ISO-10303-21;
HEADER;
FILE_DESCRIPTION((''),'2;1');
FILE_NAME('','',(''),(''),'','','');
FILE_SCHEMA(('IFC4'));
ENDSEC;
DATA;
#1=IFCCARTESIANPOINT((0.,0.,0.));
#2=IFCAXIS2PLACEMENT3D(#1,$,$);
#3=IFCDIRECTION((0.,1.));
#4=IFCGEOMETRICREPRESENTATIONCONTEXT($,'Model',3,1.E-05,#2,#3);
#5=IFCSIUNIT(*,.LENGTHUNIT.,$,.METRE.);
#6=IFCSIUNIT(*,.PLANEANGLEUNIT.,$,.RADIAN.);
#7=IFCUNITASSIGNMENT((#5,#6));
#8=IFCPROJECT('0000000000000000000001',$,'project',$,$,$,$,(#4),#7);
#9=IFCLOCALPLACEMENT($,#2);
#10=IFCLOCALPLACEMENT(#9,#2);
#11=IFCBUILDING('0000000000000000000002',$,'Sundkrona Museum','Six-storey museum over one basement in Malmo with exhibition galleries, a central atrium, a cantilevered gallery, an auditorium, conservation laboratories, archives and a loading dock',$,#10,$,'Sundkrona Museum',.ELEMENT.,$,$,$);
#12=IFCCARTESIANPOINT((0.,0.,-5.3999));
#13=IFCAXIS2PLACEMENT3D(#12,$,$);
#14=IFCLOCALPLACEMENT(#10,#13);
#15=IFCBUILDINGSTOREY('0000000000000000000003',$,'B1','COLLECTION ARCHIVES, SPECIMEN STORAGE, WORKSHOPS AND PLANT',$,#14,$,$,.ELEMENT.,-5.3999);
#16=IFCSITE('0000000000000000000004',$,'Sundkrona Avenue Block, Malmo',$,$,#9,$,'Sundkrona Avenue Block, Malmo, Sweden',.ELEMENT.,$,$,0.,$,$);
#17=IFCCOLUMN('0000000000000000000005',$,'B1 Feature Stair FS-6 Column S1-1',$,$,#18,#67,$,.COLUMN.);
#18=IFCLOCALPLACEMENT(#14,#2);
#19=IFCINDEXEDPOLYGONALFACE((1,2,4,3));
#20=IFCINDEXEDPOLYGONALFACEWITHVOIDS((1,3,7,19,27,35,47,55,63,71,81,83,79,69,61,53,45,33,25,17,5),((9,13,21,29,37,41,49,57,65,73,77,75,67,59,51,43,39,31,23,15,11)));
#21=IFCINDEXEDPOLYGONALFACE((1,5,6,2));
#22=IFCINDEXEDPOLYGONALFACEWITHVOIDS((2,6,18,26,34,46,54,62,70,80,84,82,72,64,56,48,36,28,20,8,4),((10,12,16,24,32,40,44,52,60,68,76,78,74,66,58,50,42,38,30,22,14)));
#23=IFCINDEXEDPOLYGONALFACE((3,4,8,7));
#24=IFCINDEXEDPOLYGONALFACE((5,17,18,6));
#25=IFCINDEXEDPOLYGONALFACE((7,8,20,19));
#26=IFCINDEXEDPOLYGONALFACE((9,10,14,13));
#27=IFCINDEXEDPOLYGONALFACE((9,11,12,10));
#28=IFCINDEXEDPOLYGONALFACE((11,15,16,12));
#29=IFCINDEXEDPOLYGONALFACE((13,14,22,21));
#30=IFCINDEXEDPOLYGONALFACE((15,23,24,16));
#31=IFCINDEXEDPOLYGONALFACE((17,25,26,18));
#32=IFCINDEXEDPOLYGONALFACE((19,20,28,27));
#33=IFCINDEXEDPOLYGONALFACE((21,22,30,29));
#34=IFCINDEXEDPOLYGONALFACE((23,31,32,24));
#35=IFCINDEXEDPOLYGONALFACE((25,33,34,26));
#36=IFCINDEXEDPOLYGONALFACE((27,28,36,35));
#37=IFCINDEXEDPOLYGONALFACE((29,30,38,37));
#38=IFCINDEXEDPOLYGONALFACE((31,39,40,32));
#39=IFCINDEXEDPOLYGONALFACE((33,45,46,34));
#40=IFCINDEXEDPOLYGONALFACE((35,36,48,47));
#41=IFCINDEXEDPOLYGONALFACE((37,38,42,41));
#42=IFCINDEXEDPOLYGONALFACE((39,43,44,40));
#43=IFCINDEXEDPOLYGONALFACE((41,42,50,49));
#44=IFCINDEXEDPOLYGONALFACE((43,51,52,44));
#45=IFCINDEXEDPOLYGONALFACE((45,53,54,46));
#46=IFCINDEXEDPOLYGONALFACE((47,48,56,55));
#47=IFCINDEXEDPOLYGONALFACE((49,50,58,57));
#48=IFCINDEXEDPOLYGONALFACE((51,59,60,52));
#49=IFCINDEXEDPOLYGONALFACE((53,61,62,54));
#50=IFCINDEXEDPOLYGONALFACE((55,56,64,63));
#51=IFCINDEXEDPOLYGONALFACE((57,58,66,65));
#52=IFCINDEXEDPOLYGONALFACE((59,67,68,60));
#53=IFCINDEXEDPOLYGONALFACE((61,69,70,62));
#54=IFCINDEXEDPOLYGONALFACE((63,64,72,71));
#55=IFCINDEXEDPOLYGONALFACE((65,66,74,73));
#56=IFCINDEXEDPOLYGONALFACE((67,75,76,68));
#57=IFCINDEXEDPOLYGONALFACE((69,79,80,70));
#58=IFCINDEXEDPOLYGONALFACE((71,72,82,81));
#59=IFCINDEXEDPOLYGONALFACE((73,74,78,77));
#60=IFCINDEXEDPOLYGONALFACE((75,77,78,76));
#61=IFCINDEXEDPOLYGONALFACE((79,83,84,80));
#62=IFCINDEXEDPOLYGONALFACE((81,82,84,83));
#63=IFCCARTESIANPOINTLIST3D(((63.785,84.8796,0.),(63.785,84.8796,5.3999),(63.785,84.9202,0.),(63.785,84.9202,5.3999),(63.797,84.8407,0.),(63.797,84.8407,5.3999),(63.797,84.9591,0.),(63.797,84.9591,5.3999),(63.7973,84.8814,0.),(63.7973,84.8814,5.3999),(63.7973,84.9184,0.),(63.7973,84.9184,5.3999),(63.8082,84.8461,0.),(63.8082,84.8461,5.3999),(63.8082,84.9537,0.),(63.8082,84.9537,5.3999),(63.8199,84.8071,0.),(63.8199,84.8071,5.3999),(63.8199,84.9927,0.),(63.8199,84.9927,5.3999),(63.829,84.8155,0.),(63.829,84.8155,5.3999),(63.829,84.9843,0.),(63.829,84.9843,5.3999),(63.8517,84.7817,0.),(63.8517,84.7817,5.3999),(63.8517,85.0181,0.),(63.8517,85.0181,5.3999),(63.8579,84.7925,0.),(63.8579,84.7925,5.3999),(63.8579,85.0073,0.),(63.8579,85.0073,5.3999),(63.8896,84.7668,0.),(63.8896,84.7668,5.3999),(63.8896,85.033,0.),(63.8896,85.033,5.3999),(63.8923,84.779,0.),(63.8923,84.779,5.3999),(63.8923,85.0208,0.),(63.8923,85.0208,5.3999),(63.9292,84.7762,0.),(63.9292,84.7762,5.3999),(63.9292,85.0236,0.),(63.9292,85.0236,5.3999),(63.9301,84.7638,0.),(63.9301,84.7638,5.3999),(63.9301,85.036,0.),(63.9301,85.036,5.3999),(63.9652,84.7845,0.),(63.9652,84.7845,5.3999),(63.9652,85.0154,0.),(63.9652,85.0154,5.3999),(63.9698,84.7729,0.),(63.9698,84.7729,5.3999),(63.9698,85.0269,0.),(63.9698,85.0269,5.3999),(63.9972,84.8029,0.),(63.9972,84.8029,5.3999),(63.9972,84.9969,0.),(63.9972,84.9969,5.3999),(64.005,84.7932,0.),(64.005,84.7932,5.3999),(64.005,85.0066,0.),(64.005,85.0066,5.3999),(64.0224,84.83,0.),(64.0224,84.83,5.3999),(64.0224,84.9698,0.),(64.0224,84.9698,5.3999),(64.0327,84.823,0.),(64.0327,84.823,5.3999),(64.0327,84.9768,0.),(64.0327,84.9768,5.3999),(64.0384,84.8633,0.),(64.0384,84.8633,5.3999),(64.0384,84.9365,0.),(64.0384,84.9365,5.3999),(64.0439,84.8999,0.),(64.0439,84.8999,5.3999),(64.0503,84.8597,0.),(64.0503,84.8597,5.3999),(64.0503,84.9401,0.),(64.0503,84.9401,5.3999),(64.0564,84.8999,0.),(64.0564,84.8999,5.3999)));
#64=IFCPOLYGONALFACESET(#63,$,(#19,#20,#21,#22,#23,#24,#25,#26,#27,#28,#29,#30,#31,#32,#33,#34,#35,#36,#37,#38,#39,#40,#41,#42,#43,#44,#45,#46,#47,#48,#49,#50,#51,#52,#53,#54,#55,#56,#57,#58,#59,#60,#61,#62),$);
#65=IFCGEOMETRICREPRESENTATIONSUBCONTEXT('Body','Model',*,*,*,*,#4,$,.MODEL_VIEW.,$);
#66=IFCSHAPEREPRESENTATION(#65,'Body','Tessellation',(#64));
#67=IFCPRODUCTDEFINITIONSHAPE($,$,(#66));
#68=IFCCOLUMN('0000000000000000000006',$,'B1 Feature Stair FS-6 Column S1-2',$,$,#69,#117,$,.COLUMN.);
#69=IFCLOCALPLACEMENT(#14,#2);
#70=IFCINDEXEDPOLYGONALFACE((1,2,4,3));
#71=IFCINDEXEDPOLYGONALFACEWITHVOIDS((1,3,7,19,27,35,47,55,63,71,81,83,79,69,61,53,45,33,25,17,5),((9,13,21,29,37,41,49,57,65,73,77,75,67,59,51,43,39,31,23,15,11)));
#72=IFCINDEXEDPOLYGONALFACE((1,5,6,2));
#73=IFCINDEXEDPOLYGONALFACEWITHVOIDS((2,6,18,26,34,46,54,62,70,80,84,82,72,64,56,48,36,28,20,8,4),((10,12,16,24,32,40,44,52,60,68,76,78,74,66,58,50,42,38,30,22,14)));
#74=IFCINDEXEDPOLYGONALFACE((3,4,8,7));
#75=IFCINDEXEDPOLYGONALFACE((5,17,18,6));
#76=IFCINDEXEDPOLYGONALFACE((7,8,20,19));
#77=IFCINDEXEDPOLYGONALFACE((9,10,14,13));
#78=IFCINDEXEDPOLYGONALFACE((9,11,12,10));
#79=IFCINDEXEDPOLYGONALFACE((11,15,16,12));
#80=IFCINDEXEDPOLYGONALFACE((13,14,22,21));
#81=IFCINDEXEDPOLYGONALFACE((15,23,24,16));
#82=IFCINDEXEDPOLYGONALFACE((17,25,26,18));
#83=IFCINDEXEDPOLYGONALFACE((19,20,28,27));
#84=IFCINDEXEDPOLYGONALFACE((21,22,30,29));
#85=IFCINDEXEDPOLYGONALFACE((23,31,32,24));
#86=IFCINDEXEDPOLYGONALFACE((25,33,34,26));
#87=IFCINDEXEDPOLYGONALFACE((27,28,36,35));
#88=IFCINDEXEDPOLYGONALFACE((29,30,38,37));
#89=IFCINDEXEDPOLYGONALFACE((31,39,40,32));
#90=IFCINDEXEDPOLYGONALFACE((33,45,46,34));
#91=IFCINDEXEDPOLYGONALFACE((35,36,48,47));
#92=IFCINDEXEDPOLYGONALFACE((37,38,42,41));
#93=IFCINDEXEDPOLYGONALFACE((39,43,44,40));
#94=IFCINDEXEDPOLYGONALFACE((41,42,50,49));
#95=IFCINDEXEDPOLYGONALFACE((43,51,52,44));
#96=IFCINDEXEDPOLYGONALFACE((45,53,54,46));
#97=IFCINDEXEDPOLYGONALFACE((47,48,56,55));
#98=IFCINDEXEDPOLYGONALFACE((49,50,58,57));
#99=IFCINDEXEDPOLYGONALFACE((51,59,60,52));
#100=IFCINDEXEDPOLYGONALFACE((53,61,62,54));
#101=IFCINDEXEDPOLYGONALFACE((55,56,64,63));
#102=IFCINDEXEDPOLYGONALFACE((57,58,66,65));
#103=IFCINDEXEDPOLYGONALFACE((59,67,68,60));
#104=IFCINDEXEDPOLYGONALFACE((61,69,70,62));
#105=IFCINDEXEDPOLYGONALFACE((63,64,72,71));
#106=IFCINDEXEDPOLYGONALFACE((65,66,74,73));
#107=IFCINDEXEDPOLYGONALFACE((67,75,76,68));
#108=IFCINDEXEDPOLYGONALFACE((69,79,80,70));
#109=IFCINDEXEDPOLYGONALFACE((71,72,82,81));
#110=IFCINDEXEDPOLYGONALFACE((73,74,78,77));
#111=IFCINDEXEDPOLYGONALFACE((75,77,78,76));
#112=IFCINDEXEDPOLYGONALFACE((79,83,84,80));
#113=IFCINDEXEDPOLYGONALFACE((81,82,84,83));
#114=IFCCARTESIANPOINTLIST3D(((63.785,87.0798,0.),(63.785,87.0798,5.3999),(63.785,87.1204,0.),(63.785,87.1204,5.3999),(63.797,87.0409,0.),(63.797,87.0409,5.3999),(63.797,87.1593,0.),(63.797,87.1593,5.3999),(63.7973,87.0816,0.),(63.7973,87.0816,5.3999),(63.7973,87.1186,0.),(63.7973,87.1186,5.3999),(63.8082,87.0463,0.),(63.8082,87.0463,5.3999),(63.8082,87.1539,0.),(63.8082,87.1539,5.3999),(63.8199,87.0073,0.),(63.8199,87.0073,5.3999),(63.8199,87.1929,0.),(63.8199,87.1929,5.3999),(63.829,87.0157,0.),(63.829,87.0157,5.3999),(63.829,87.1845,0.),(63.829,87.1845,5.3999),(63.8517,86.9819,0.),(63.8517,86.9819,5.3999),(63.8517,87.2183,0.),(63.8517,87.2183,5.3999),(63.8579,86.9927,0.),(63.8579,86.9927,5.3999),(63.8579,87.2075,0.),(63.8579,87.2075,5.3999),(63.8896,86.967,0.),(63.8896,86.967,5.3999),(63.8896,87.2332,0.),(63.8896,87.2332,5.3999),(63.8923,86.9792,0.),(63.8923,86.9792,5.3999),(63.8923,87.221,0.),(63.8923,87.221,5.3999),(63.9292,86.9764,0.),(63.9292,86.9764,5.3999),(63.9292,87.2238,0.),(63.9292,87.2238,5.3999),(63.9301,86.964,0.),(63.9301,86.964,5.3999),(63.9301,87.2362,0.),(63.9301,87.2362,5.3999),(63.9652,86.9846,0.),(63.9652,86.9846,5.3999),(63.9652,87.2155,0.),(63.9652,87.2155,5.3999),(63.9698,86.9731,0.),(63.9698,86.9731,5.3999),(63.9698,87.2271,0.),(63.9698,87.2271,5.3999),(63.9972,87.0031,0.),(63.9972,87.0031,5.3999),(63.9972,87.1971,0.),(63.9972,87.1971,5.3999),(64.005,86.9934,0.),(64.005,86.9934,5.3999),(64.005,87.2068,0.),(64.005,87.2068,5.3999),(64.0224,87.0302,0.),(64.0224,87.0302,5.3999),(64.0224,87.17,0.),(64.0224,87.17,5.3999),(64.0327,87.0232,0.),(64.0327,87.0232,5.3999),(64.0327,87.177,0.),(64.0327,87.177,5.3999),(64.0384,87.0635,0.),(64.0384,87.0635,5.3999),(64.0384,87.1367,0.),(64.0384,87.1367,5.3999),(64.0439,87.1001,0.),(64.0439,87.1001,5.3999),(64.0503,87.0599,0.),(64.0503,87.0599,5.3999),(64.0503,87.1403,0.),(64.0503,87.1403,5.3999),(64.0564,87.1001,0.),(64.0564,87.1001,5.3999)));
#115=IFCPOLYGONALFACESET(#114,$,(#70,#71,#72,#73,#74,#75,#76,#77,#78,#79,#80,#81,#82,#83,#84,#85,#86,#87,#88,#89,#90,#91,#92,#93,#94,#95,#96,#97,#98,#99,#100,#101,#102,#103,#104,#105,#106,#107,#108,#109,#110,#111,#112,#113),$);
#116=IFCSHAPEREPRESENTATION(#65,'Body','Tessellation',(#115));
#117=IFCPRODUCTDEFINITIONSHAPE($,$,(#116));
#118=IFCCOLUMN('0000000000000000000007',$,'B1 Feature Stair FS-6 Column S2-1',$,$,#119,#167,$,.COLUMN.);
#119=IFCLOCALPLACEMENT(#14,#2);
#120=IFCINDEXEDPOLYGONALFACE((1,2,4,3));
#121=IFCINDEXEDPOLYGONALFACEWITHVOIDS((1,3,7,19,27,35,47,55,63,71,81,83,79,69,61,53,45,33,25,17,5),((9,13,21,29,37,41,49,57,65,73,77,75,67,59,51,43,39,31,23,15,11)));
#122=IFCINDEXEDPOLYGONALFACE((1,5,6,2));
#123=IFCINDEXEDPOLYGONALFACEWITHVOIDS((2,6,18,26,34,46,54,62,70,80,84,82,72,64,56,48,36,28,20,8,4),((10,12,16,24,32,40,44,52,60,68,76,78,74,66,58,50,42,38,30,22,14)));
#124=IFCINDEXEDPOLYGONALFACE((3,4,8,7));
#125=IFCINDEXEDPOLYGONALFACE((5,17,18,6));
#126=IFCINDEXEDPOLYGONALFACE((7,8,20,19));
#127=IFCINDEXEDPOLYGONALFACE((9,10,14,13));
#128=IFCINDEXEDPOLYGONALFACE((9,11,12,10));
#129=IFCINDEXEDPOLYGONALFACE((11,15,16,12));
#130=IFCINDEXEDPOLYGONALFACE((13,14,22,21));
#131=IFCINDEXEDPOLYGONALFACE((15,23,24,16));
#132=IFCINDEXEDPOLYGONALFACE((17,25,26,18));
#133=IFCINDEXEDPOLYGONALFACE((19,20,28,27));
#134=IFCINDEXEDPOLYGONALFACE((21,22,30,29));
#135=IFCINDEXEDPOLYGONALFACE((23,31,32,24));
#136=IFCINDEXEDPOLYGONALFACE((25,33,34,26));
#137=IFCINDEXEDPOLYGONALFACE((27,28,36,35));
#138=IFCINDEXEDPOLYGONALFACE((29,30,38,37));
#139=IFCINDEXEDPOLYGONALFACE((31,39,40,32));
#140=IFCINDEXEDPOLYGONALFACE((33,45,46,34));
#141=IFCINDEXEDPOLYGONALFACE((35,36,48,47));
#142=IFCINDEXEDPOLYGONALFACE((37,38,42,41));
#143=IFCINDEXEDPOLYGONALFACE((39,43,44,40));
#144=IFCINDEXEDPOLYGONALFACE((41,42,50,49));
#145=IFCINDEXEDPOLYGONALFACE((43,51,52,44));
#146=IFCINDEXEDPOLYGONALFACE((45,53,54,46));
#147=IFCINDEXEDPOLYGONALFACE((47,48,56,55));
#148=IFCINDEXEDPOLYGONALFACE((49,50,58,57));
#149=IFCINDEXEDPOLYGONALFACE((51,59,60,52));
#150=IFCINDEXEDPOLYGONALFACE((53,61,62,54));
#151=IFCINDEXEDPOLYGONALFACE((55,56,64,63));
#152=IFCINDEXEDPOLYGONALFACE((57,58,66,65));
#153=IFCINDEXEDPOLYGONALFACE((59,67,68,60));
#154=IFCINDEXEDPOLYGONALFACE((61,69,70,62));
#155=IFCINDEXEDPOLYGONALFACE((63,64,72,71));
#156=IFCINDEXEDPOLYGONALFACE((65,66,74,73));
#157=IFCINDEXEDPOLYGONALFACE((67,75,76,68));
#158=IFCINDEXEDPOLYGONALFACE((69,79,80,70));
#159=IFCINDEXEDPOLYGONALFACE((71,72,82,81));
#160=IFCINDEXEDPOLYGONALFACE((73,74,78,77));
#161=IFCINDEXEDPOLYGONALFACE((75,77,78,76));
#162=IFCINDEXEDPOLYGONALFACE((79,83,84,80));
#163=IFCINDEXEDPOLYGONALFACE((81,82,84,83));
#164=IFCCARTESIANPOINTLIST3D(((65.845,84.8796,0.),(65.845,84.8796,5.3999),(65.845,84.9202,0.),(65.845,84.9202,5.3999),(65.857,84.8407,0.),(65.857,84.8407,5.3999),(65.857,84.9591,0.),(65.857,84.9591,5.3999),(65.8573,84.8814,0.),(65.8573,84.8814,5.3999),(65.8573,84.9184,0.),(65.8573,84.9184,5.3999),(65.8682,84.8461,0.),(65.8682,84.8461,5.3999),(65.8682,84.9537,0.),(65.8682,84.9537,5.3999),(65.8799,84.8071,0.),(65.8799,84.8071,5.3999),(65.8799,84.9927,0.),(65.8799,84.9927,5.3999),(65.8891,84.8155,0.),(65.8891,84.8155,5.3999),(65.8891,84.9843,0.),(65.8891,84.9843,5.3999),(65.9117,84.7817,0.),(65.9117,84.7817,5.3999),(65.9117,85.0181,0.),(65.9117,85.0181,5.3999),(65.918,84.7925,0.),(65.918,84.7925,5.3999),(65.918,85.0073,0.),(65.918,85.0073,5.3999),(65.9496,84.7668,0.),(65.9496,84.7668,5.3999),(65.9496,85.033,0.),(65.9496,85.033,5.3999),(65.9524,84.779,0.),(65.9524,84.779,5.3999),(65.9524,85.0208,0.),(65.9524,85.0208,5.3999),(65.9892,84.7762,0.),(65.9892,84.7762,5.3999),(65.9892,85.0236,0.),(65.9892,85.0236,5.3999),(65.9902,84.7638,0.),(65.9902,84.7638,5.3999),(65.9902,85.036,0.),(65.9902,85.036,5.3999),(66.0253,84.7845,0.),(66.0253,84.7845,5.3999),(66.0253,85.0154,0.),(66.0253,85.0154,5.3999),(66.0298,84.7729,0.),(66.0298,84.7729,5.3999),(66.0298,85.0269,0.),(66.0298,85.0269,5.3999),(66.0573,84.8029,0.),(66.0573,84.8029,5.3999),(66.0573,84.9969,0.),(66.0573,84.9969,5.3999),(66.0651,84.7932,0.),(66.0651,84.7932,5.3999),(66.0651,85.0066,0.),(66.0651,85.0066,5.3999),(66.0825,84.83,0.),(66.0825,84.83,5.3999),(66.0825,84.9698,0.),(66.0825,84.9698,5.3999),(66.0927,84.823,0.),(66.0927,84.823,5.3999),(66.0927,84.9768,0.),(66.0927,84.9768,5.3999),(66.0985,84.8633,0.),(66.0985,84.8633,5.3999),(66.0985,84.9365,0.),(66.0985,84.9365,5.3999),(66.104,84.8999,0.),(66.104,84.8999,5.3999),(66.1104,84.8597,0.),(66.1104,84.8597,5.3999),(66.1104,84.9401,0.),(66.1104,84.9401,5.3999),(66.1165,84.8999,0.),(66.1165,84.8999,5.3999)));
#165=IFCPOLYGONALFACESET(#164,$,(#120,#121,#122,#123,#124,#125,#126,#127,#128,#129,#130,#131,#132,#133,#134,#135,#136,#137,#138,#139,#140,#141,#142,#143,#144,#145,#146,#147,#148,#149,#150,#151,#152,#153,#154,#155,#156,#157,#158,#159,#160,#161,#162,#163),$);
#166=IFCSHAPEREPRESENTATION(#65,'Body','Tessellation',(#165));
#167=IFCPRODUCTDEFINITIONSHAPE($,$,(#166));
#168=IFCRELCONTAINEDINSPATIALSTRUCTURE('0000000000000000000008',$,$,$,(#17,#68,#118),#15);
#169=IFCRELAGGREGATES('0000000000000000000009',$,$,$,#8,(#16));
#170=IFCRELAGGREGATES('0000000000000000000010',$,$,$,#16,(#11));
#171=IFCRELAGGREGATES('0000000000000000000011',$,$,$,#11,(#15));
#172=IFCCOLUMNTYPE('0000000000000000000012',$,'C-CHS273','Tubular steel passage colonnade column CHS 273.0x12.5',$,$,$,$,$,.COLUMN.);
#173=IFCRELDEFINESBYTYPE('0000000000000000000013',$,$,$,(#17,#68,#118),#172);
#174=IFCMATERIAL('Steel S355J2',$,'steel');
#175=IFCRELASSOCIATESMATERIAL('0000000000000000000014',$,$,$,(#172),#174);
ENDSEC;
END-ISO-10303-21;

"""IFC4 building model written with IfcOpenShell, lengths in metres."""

from ifc_helpers import new_model, si_unit, direction, frame, origin, origin_2d, place, context, subcontext, project, spatial, hollow_circle, extrude, material, material_profile, profile_set, type_object, element, save


model = new_model("IFC4")

# Units and contexts
model_context = context("Model", 3, precision=1e-05, world=origin(), true_north=direction((0.0, 1.0)))
body_context = subcontext(model_context, "Body", "Model", "MODEL_VIEW")
ifc_project = project(units=[si_unit("LENGTHUNIT", "METRE"), si_unit("PLANEANGLEUNIT", "RADIAN")], contexts=[model_context])

# Site, building, storey
site_placement = place(None, origin())
site = spatial("IfcSite", under=ifc_project, at=site_placement, Name="Sundkrona Avenue Block, Malmo", LongName="Sundkrona Avenue Block, Malmo, Sweden", CompositionType="ELEMENT", RefElevation=0.0)
building_placement = place(site_placement, origin())
building = spatial("IfcBuilding", under=site, at=building_placement, Name="Sundkrona Museum", Description="Six-storey museum over one basement in Malmo with exhibition galleries, a central atrium, a cantilevered gallery, an auditorium, conservation laboratories, archives and a loading dock", LongName="Sundkrona Museum", CompositionType="ELEMENT")
storey_placement = place(building_placement, frame((0.0, 0.0, -5.3999)))
storey = spatial("IfcBuildingStorey", under=building, at=storey_placement, Name="B1", Description="COLLECTION ARCHIVES, SPECIMEN STORAGE, WORKSHOPS AND PLANT", CompositionType="ELEMENT", Elevation=-5.3999)

# Columns
ifc_material_1 = material(Name="Steel S355J2", Category="steel")
ifc_material_profile_1 = material_profile(ifc_material_1, hollow_circle(Radius=0.1365, WallThickness=0.0125, at=origin_2d()), Name="CHS 273.0x12.5")
ifc_profile_set_1 = profile_set([ifc_material_profile_1], Name="Steel S355J2")
column_type_1 = type_object("IfcColumnType", Name="C-CHS273", Description="Tubular steel passage colonnade column CHS 273.0x12.5", PredefinedType="COLUMN", material=ifc_profile_set_1)
for number, where, z_axis, x_axis, name in (
    (1, (63.9199, 84.8999, 0.0), (0.0, 0.0, 1.0), (1.0, 0.0, 0.0), "B1 Feature Stair FS-6 Column S1-1"),
    (2, (63.9199, 87.1001, 0.0), (0.0, 0.0, 1.0), (1.0, 0.0, 0.0), "B1 Feature Stair FS-6 Column S1-2"),
    (3, (65.98, 84.8999, 0.0), (0.0, 0.0, 1.0), (1.0, 0.0, 0.0), "B1 Feature Stair FS-6 Column S2-1"),
):
    element("IfcColumn", number, at=place(storey_placement, frame(where, z_axis=z_axis, x_axis=x_axis)), inside=storey, type_object=column_type_1, Name=name, PredefinedType="COLUMN", context=body_context, shape_type="SweptSolid", body=[
        extrude(hollow_circle(Radius=0.1365, WallThickness=0.0125, at=origin_2d()), origin(), (0.0, 0.0, 1.0), 5.3999),
    ])

save(model, "model.ifc")
